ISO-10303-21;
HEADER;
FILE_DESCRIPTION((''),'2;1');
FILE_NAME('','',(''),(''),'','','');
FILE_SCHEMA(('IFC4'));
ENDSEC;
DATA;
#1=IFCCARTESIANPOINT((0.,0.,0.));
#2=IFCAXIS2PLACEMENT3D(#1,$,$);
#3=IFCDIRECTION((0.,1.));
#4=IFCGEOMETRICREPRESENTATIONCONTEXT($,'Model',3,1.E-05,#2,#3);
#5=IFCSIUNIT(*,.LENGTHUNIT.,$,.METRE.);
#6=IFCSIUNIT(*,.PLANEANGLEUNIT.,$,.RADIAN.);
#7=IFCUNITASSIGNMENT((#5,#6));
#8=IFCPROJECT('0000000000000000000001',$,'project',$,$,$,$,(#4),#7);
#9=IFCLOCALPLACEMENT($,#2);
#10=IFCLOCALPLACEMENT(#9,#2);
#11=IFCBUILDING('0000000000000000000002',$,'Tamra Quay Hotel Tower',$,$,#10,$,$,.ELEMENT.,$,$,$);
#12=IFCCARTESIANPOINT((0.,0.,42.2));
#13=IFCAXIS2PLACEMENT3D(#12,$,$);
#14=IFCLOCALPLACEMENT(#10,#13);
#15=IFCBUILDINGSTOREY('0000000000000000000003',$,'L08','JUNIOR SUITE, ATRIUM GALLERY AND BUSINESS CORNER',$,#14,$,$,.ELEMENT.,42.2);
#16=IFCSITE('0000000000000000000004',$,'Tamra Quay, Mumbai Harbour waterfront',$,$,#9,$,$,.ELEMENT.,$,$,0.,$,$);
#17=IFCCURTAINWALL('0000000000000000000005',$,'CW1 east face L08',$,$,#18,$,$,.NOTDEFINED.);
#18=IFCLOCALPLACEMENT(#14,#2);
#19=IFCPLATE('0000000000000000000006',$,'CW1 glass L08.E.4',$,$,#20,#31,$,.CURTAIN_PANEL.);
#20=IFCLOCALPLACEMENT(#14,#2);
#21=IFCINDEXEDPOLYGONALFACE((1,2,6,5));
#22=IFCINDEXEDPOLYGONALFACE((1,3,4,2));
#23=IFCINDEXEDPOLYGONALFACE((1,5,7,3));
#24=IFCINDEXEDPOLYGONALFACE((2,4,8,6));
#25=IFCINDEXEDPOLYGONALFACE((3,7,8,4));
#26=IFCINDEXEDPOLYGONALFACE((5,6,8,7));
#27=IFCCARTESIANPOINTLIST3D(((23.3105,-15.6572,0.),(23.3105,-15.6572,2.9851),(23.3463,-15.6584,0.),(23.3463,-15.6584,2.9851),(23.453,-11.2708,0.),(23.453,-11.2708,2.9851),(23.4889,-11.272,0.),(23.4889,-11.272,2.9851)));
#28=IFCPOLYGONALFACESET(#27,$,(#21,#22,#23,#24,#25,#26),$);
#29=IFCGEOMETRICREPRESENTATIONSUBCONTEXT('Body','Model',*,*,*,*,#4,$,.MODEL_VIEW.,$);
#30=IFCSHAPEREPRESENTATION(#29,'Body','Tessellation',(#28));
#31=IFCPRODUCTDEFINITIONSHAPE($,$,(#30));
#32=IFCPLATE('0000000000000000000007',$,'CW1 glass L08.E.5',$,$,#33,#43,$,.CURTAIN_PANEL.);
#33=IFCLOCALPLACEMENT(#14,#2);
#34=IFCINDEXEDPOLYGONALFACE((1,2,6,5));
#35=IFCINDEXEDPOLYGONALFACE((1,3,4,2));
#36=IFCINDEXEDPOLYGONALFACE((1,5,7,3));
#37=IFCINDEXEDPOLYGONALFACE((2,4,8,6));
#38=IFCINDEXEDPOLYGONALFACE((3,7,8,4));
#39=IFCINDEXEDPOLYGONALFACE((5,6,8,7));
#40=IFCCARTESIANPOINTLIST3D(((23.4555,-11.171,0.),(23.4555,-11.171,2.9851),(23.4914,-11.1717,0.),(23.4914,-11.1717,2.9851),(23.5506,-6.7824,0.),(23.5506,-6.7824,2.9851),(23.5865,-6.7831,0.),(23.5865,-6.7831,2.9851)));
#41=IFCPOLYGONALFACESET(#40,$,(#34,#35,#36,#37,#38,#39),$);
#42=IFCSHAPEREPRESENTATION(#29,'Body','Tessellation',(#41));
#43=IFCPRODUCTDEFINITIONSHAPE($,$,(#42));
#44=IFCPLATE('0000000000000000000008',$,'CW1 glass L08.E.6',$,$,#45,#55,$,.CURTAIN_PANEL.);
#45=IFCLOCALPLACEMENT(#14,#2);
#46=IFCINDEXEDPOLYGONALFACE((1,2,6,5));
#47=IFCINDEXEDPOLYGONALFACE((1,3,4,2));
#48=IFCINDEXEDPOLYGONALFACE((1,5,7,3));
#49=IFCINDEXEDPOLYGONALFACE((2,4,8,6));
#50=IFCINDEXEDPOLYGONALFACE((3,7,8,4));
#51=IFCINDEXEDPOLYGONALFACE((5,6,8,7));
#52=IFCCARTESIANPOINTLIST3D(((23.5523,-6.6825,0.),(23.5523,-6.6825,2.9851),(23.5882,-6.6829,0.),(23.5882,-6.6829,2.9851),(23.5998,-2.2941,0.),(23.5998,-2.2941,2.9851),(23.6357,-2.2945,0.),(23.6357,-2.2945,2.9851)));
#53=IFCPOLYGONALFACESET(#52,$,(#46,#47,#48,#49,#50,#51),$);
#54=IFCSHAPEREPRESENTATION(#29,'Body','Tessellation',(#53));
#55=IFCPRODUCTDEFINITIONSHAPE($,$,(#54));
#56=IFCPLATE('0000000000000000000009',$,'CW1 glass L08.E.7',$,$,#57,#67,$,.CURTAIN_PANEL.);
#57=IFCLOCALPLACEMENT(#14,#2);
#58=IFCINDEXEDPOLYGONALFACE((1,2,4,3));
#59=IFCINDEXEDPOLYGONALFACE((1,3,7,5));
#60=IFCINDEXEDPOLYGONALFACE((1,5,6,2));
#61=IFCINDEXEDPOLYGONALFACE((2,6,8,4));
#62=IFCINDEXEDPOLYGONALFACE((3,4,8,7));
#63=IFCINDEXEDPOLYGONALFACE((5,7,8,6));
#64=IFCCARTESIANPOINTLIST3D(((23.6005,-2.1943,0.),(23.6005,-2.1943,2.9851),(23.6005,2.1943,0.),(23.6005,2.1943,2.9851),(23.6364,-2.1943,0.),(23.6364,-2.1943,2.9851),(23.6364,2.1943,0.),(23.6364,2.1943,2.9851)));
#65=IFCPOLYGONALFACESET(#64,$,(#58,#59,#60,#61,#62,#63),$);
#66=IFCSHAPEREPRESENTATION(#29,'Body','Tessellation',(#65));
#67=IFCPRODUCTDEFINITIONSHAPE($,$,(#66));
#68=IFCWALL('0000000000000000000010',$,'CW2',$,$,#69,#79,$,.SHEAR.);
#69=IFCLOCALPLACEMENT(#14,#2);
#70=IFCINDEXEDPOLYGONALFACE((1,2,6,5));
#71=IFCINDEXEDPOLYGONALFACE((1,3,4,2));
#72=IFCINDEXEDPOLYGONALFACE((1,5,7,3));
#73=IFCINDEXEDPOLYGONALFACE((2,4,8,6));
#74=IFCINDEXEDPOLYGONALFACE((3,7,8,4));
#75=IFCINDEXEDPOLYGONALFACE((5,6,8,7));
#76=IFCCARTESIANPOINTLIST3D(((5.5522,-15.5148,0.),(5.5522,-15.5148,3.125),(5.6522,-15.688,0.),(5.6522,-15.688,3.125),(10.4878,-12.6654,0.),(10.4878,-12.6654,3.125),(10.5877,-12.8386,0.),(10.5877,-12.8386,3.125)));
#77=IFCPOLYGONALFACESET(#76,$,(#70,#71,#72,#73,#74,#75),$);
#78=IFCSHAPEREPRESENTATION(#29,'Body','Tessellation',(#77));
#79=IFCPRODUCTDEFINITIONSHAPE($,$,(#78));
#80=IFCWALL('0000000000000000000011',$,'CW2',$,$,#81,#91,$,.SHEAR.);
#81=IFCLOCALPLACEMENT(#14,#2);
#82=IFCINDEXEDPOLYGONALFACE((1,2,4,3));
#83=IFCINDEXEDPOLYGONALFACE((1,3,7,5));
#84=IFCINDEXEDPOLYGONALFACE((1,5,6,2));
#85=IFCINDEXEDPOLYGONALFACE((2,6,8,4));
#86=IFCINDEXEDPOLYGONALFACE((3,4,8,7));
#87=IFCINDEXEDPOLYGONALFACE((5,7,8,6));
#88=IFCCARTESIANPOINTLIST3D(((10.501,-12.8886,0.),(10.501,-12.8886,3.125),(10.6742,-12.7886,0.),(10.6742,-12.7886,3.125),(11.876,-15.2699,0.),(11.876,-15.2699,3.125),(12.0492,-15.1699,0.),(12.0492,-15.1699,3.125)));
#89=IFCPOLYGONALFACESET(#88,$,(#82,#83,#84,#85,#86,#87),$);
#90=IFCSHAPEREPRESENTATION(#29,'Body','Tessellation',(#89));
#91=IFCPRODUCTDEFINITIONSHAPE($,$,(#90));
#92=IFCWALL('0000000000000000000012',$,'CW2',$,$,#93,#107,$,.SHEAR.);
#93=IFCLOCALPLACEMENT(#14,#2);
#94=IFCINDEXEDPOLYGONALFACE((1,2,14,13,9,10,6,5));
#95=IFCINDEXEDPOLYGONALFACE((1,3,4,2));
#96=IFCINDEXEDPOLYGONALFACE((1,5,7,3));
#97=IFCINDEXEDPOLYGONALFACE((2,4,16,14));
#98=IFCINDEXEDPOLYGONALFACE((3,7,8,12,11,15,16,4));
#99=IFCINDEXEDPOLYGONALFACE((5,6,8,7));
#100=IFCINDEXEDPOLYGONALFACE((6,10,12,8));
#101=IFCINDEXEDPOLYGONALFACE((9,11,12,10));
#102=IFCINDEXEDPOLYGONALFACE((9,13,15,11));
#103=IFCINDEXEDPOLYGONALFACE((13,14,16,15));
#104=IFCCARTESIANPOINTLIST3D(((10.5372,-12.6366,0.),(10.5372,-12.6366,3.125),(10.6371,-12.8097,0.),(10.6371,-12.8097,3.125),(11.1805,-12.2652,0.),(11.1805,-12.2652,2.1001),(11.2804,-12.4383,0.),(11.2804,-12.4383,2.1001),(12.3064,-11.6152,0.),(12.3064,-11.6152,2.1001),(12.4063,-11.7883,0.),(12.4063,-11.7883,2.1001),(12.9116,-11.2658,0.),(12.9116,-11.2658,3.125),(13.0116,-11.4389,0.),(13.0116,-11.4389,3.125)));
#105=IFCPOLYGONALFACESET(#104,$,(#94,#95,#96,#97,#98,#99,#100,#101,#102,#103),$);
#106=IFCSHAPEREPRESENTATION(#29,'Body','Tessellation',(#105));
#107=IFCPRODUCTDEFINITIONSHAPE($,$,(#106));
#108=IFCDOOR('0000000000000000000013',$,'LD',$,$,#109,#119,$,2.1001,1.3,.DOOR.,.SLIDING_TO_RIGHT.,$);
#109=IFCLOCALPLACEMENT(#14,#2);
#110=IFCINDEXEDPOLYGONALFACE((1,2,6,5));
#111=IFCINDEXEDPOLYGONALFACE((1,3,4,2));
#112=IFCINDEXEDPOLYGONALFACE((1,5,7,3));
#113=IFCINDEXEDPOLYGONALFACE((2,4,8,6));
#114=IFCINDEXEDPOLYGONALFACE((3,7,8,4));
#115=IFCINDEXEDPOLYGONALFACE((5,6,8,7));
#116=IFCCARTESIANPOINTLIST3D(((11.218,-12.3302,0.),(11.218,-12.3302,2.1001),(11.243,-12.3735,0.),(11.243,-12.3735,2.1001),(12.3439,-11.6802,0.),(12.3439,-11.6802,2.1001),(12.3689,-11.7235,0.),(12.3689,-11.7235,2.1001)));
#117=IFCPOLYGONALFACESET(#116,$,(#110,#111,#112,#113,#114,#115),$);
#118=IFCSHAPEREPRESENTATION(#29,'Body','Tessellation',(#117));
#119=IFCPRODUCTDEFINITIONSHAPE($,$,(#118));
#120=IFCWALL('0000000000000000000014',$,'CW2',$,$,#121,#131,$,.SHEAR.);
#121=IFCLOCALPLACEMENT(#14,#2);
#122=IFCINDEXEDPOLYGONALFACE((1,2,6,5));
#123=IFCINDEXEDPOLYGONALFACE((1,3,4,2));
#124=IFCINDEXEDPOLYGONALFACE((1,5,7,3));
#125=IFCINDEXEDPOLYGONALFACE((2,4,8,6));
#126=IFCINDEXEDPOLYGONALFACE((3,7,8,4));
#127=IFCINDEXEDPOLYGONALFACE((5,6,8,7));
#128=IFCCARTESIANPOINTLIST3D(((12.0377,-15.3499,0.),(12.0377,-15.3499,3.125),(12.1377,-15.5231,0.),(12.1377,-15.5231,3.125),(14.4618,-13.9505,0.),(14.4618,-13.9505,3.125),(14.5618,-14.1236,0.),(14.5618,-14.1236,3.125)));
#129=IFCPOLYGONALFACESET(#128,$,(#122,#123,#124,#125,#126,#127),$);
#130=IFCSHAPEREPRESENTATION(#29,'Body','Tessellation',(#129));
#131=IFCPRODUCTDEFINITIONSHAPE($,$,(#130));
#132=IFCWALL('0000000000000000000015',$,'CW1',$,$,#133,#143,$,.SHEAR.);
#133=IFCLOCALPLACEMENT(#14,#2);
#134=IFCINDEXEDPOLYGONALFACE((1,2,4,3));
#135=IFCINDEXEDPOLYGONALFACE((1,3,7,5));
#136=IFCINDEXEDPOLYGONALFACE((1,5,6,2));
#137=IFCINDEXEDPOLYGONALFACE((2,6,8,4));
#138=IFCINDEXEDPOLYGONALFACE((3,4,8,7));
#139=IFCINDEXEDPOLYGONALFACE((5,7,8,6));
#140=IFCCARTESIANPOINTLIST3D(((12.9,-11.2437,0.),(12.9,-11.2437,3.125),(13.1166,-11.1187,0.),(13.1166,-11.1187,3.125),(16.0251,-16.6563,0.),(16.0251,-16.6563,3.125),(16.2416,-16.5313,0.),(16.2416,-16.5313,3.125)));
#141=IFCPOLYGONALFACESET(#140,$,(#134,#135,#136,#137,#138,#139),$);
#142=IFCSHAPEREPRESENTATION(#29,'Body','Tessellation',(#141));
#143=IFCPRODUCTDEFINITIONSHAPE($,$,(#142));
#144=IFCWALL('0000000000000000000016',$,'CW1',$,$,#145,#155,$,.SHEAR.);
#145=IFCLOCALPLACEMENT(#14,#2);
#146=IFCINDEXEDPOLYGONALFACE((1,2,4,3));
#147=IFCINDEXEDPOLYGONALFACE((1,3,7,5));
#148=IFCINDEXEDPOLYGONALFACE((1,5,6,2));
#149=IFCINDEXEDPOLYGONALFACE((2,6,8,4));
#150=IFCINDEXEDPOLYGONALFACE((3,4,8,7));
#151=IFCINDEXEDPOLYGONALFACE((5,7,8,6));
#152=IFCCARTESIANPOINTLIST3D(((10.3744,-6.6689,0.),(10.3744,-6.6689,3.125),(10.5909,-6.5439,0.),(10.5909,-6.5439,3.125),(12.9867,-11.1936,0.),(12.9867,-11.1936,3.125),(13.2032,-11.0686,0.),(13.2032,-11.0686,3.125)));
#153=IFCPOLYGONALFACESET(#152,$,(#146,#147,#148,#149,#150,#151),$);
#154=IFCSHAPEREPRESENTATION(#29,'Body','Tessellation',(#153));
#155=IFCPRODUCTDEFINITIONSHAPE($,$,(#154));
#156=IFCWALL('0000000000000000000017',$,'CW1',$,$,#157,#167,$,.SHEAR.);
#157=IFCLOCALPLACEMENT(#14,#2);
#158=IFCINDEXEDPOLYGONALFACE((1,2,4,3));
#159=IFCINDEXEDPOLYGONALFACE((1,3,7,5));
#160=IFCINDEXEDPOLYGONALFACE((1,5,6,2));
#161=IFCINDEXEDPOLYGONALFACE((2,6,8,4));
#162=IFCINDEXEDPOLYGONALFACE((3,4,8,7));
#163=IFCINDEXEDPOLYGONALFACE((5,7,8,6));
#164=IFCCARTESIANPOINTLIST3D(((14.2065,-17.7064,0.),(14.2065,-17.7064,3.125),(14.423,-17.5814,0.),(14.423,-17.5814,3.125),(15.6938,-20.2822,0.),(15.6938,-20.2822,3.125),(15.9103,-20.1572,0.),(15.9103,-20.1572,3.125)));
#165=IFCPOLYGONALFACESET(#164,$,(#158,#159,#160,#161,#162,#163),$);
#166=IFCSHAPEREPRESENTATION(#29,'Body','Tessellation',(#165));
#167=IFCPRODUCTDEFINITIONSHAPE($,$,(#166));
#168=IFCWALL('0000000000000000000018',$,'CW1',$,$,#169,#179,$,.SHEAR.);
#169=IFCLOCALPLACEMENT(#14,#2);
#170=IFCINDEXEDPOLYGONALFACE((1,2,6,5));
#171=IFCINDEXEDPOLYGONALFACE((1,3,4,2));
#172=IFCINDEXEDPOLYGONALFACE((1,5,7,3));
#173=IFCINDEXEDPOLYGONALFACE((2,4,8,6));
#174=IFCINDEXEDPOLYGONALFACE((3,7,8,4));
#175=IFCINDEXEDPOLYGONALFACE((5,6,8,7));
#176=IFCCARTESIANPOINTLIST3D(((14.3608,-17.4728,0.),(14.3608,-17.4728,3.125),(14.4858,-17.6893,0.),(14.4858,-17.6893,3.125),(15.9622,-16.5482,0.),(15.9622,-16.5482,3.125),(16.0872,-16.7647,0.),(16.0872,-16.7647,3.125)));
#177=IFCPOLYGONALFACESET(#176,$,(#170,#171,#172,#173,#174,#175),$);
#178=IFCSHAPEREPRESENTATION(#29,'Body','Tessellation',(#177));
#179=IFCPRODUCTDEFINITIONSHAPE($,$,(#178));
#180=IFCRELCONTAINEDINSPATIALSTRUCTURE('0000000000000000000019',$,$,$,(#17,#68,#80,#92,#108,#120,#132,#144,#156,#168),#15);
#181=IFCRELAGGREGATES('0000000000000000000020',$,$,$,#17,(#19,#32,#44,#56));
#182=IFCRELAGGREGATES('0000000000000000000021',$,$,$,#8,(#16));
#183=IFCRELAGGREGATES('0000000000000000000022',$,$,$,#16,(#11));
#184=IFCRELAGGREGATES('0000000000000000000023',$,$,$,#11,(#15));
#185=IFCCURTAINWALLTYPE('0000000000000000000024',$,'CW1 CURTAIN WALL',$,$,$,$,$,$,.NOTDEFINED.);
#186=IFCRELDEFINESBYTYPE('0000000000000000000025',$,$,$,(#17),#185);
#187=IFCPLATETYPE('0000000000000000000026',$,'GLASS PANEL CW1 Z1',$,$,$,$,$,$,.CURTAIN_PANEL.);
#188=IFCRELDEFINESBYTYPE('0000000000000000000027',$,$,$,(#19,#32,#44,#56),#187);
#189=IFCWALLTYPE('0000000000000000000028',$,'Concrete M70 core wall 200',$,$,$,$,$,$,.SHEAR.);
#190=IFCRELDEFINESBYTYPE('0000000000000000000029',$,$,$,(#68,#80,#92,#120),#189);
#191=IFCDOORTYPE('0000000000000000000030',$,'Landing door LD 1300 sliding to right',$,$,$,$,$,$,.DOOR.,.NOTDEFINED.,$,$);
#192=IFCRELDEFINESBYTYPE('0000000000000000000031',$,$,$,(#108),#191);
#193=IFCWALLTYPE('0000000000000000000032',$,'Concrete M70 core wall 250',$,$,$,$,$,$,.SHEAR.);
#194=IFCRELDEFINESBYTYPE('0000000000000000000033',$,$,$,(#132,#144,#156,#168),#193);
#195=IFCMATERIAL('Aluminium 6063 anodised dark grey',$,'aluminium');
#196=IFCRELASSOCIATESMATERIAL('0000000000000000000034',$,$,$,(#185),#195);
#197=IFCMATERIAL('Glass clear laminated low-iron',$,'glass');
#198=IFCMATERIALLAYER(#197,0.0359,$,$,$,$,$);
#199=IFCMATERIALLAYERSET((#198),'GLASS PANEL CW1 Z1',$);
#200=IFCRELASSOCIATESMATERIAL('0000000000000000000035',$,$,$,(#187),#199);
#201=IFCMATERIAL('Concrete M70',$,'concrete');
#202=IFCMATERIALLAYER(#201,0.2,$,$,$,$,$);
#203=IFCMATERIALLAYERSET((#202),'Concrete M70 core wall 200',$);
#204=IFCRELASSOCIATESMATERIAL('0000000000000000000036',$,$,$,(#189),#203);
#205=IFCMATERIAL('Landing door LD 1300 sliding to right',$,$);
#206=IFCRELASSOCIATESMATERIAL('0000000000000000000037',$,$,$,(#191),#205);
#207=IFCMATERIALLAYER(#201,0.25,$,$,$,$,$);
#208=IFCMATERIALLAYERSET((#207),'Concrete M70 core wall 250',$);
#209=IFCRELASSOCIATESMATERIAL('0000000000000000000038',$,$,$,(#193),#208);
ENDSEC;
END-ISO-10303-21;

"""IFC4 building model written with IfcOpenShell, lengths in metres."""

from ifc_helpers import new_model, si_unit, direction, frame, frame_2d, origin, origin_2d, place, context, subcontext, project, spatial, rectangle, extrude, material, layer, layer_set, type_object, element, fill, aggregate, save


model = new_model("IFC4")

# Units and contexts
model_context = context("Model", 3, precision=1e-05, world=origin(), true_north=direction((0.0, 1.0)))
body_context = subcontext(model_context, "Body", "Model", "MODEL_VIEW")
ifc_project = project(units=[si_unit("LENGTHUNIT", "METRE"), si_unit("PLANEANGLEUNIT", "RADIAN")], contexts=[model_context])

# Site, building, storey
site_placement = place(None, origin())
site = spatial("IfcSite", under=ifc_project, at=site_placement, Name="Tamra Quay, Mumbai Harbour waterfront", CompositionType="ELEMENT", RefElevation=0.0)
building_placement = place(site_placement, origin())
building = spatial("IfcBuilding", under=site, at=building_placement, Name="Tamra Quay Hotel Tower", CompositionType="ELEMENT")
storey_placement = place(building_placement, frame((0.0, 0.0, 42.2)))
storey = spatial("IfcBuildingStorey", under=building, at=storey_placement, Name="L08", Description="JUNIOR SUITE, ATRIUM GALLERY AND BUSINESS CORNER", CompositionType="ELEMENT", Elevation=42.2)

# Shared definitions
ifc_material_1 = material(Name="Concrete M70", Category="concrete")

# Curtain wall
ifc_material_2 = material(Name="Aluminium 6063 anodised dark grey", Category="aluminium")
curtain_wall_type = type_object("IfcCurtainWallType", Name="CW1 CURTAIN WALL", PredefinedType="NOTDEFINED", material=ifc_material_2)
curtain_wall_placement = place(storey_placement, origin())
curtain_wall = element("IfcCurtainWall", 1, at=curtain_wall_placement, inside=storey, type_object=curtain_wall_type, Name="CW1 east face L08", PredefinedType="NOTDEFINED")

# Plates
ifc_material_3 = material(Name="Glass clear laminated low-iron", Category="glass")
ifc_layer_1 = layer(ifc_material_3, 0.0359)
ifc_layer_set_1 = layer_set([ifc_layer_1], Name="GLASS PANEL CW1 Z1")
plate_type = type_object("IfcPlateType", Name="GLASS PANEL CW1 Z1", PredefinedType="CURTAIN_PANEL", material=ifc_layer_set_1)
plate_1_placement = place(storey_placement, frame((23.3997, -13.4646, 0.0), z_axis=(0.0, 0.0, 1.0), x_axis=(0.032475, 0.999473, 0.0)))
plate_1 = element("IfcPlate", 2, at=plate_1_placement, type_object=plate_type, Name="CW1 glass L08.E.4", PredefinedType="CURTAIN_PANEL", context=body_context, shape_type="SweptSolid", body=[
    extrude(rectangle(XDim=4.3887, YDim=0.0359, at=origin_2d()), origin(), (0.0, 0.0, 1.0), 2.9851),
])
plate_2_placement = place(storey_placement, frame((23.521, -8.9771, 0.0), z_axis=(0.0, 0.0, 1.0), x_axis=(0.021658, 0.999765, 0.0)))
plate_2 = element("IfcPlate", 3, at=plate_2_placement, type_object=plate_type, Name="CW1 glass L08.E.5", PredefinedType="CURTAIN_PANEL", context=body_context, shape_type="SweptSolid", body=[
    extrude(rectangle(XDim=4.3896, YDim=0.0359, at=origin_2d()), origin(), (0.0, 0.0, 1.0), 2.9851),
])
plate_3_placement = place(storey_placement, frame((23.594, -4.4885, 0.0), z_axis=(0.0, 0.0, 1.0), x_axis=(0.010836, 0.999941, 0.0)))
plate_3 = element("IfcPlate", 4, at=plate_3_placement, type_object=plate_type, Name="CW1 glass L08.E.6", PredefinedType="CURTAIN_PANEL", context=body_context, shape_type="SweptSolid", body=[
    extrude(rectangle(XDim=4.3887, YDim=0.0359, at=origin_2d()), origin(), (0.0, 0.0, 1.0), 2.9851),
])
plate_4_placement = place(storey_placement, frame((23.6184, 0.0, 0.0), z_axis=(0.0, 0.0, 1.0), x_axis=(0.0, 1.0, 0.0)))
plate_4 = element("IfcPlate", 5, at=plate_4_placement, type_object=plate_type, Name="CW1 glass L08.E.7", PredefinedType="CURTAIN_PANEL", context=body_context, shape_type="SweptSolid", body=[
    extrude(rectangle(XDim=4.3887, YDim=0.0359, at=origin_2d()), origin(), (0.0, 0.0, 1.0), 2.9851),
])
aggregate(curtain_wall, [plate_1, plate_2, plate_3, plate_4])

# Walls
ifc_layer_2 = layer(ifc_material_1, 0.2)
ifc_layer_set_2 = layer_set([ifc_layer_2], Name="Concrete M70 core wall 200")
wall_type_1 = type_object("IfcWallType", Name="Concrete M70 core wall 200", PredefinedType="SHEAR", material=ifc_layer_set_2)
wall_1_placement = place(storey_placement, frame((10.5378, -12.752, 0.0), z_axis=(0.0, 0.0, 1.0), x_axis=(-0.866039, -0.499977, 0.0)))
element("IfcWall", 6, at=wall_1_placement, inside=storey, type_object=wall_type_1, Name="CW2", PredefinedType="SHEAR", context=body_context, shape_type="SweptSolid", body=[
    extrude(rectangle(XDim=5.699, YDim=0.2, at=frame_2d((2.8496, 0.0))), origin(), (0.0, 0.0, 1.0), 3.125),
])
wall_2_placement = place(storey_placement, frame((11.9626, -15.22, 0.0), z_axis=(0.0, 0.0, 1.0), x_axis=(-0.500035, 0.866005, 0.0)))
element("IfcWall", 7, at=wall_2_placement, inside=storey, type_object=wall_type_1, Name="CW2", PredefinedType="SHEAR", context=body_context, shape_type="SweptSolid", body=[
    extrude(rectangle(XDim=2.7498, YDim=0.2, at=frame_2d((1.375, 0.0))), origin(), (0.0, 0.0, 1.0), 3.125),
])

# Wall, opening, door
wall_3_placement = place(storey_placement, frame((10.5872, -12.7231, 0.0), z_axis=(0.0, 0.0, 1.0), x_axis=(0.866037, 0.499979, 0.0)))
wall_3 = element("IfcWall", 8, at=wall_3_placement, inside=storey, type_object=wall_type_1, Name="CW2", PredefinedType="SHEAR", context=body_context, shape_type="SweptSolid", body=[
    extrude(rectangle(XDim=2.7417, YDim=0.2, at=frame_2d((1.3708, 0.0))), origin(), (0.0, 0.0, 1.0), 3.125),
])
opening_placement = place(wall_3_placement, frame((0.7429, 0.0, 0.0)))
opening = element("IfcOpeningElement", 9, at=opening_placement, cuts=wall_3, PredefinedType="OPENING", context=body_context, shape_type="SweptSolid", body=[
    extrude(rectangle(XDim=1.3, YDim=2.1001, at=frame_2d((0.6499, 1.05))), frame((0.0, 0.1099, 0.0), z_axis=(0.0, -1.0, 0.0), x_axis=(1.0, 0.0, 0.0)), (0.0, 0.0, 1.0), 0.22),
])
ifc_material_4 = material(Name="Landing door LD 1300 sliding to right")
door_type = type_object("IfcDoorType", Name="Landing door LD 1300 sliding to right", OperationType="NOTDEFINED", PredefinedType="DOOR", material=ifc_material_4)
door_placement = place(opening_placement, origin())
door = element("IfcDoor", 10, at=door_placement, inside=storey, type_object=door_type, Name="LD", OperationType="SLIDING_TO_RIGHT", OverallHeight=2.1001, OverallWidth=1.3, PredefinedType="DOOR", context=body_context, shape_type="SweptSolid", body=[
    extrude(rectangle(XDim=1.3, YDim=2.1001, at=frame_2d((0.6499, 1.05))), frame((0.0, 0.0249, 0.0), z_axis=(0.0, -1.0, 0.0), x_axis=(1.0, 0.0, 0.0)), (0.0, 0.0, 1.0), 0.05),
])
fill(opening, door)

# Walls
wall_4_placement = place(storey_placement, frame((14.5117, -14.0371, 0.0), z_axis=(0.0, 0.0, 1.0), x_axis=(-0.866045, -0.499967, 0.0)))
element("IfcWall", 11, at=wall_4_placement, inside=storey, type_object=wall_type_1, Name="CW2", PredefinedType="SHEAR", context=body_context, shape_type="SweptSolid", body=[
    extrude(rectangle(XDim=2.7991, YDim=0.2, at=frame_2d((1.3994, 0.0))), origin(), (0.0, 0.0, 1.0), 3.125),
])
ifc_layer_3 = layer(ifc_material_1, 0.25)
ifc_layer_set_3 = layer_set([ifc_layer_3], Name="Concrete M70 core wall 250")
wall_type_2 = type_object("IfcWallType", Name="Concrete M70 core wall 250", PredefinedType="SHEAR", material=ifc_layer_set_3)
wall_5_placement = place(storey_placement, frame((13.0083, -11.1812, 0.0), z_axis=(0.0, 0.0, 1.0), x_axis=(0.500004, -0.866023, 0.0)))
element("IfcWall", 12, at=wall_5_placement, inside=storey, type_object=wall_type_2, Name="CW1", PredefinedType="SHEAR", context=body_context, shape_type="SweptSolid", body=[
    extrude(rectangle(XDim=6.25, YDim=0.25, at=frame_2d((3.125, 0.0))), origin(), (0.0, 0.0, 1.0), 3.125),
])
wall_6_placement = place(storey_placement, frame((10.4827, -6.6064, 0.0), z_axis=(0.0, 0.0, 1.0), x_axis=(0.499999, -0.866026, 0.0)))
element("IfcWall", 13, at=wall_6_placement, inside=storey, type_object=wall_type_2, Name="CW1", PredefinedType="SHEAR", context=body_context, shape_type="SweptSolid", body=[
    extrude(rectangle(XDim=5.2246, YDim=0.25, at=frame_2d((2.6123, 0.0))), origin(), (0.0, 0.0, 1.0), 3.125),
])
wall_7_placement = place(storey_placement, frame((14.3147, -17.6438, 0.0), z_axis=(0.0, 0.0, 1.0), x_axis=(0.500023, -0.866012, 0.0)))
element("IfcWall", 14, at=wall_7_placement, inside=storey, type_object=wall_type_2, Name="CW1", PredefinedType="SHEAR", context=body_context, shape_type="SweptSolid", body=[
    extrude(rectangle(XDim=2.9744, YDim=0.25, at=frame_2d((1.4873, 0.0))), origin(), (0.0, 0.0, 1.0), 3.125),
])
wall_8_placement = place(storey_placement, frame((16.0247, -16.6565, 0.0), z_axis=(0.0, 0.0, 1.0), x_axis=(-0.866016, -0.500016, 0.0)))
element("IfcWall", 15, at=wall_8_placement, inside=storey, type_object=wall_type_2, Name="CW1", PredefinedType="SHEAR", context=body_context, shape_type="SweptSolid", body=[
    extrude(rectangle(XDim=1.8491, YDim=0.25, at=frame_2d((0.9246, 0.0))), origin(), (0.0, 0.0, 1.0), 3.125),
])

save(model, "model.ifc")
